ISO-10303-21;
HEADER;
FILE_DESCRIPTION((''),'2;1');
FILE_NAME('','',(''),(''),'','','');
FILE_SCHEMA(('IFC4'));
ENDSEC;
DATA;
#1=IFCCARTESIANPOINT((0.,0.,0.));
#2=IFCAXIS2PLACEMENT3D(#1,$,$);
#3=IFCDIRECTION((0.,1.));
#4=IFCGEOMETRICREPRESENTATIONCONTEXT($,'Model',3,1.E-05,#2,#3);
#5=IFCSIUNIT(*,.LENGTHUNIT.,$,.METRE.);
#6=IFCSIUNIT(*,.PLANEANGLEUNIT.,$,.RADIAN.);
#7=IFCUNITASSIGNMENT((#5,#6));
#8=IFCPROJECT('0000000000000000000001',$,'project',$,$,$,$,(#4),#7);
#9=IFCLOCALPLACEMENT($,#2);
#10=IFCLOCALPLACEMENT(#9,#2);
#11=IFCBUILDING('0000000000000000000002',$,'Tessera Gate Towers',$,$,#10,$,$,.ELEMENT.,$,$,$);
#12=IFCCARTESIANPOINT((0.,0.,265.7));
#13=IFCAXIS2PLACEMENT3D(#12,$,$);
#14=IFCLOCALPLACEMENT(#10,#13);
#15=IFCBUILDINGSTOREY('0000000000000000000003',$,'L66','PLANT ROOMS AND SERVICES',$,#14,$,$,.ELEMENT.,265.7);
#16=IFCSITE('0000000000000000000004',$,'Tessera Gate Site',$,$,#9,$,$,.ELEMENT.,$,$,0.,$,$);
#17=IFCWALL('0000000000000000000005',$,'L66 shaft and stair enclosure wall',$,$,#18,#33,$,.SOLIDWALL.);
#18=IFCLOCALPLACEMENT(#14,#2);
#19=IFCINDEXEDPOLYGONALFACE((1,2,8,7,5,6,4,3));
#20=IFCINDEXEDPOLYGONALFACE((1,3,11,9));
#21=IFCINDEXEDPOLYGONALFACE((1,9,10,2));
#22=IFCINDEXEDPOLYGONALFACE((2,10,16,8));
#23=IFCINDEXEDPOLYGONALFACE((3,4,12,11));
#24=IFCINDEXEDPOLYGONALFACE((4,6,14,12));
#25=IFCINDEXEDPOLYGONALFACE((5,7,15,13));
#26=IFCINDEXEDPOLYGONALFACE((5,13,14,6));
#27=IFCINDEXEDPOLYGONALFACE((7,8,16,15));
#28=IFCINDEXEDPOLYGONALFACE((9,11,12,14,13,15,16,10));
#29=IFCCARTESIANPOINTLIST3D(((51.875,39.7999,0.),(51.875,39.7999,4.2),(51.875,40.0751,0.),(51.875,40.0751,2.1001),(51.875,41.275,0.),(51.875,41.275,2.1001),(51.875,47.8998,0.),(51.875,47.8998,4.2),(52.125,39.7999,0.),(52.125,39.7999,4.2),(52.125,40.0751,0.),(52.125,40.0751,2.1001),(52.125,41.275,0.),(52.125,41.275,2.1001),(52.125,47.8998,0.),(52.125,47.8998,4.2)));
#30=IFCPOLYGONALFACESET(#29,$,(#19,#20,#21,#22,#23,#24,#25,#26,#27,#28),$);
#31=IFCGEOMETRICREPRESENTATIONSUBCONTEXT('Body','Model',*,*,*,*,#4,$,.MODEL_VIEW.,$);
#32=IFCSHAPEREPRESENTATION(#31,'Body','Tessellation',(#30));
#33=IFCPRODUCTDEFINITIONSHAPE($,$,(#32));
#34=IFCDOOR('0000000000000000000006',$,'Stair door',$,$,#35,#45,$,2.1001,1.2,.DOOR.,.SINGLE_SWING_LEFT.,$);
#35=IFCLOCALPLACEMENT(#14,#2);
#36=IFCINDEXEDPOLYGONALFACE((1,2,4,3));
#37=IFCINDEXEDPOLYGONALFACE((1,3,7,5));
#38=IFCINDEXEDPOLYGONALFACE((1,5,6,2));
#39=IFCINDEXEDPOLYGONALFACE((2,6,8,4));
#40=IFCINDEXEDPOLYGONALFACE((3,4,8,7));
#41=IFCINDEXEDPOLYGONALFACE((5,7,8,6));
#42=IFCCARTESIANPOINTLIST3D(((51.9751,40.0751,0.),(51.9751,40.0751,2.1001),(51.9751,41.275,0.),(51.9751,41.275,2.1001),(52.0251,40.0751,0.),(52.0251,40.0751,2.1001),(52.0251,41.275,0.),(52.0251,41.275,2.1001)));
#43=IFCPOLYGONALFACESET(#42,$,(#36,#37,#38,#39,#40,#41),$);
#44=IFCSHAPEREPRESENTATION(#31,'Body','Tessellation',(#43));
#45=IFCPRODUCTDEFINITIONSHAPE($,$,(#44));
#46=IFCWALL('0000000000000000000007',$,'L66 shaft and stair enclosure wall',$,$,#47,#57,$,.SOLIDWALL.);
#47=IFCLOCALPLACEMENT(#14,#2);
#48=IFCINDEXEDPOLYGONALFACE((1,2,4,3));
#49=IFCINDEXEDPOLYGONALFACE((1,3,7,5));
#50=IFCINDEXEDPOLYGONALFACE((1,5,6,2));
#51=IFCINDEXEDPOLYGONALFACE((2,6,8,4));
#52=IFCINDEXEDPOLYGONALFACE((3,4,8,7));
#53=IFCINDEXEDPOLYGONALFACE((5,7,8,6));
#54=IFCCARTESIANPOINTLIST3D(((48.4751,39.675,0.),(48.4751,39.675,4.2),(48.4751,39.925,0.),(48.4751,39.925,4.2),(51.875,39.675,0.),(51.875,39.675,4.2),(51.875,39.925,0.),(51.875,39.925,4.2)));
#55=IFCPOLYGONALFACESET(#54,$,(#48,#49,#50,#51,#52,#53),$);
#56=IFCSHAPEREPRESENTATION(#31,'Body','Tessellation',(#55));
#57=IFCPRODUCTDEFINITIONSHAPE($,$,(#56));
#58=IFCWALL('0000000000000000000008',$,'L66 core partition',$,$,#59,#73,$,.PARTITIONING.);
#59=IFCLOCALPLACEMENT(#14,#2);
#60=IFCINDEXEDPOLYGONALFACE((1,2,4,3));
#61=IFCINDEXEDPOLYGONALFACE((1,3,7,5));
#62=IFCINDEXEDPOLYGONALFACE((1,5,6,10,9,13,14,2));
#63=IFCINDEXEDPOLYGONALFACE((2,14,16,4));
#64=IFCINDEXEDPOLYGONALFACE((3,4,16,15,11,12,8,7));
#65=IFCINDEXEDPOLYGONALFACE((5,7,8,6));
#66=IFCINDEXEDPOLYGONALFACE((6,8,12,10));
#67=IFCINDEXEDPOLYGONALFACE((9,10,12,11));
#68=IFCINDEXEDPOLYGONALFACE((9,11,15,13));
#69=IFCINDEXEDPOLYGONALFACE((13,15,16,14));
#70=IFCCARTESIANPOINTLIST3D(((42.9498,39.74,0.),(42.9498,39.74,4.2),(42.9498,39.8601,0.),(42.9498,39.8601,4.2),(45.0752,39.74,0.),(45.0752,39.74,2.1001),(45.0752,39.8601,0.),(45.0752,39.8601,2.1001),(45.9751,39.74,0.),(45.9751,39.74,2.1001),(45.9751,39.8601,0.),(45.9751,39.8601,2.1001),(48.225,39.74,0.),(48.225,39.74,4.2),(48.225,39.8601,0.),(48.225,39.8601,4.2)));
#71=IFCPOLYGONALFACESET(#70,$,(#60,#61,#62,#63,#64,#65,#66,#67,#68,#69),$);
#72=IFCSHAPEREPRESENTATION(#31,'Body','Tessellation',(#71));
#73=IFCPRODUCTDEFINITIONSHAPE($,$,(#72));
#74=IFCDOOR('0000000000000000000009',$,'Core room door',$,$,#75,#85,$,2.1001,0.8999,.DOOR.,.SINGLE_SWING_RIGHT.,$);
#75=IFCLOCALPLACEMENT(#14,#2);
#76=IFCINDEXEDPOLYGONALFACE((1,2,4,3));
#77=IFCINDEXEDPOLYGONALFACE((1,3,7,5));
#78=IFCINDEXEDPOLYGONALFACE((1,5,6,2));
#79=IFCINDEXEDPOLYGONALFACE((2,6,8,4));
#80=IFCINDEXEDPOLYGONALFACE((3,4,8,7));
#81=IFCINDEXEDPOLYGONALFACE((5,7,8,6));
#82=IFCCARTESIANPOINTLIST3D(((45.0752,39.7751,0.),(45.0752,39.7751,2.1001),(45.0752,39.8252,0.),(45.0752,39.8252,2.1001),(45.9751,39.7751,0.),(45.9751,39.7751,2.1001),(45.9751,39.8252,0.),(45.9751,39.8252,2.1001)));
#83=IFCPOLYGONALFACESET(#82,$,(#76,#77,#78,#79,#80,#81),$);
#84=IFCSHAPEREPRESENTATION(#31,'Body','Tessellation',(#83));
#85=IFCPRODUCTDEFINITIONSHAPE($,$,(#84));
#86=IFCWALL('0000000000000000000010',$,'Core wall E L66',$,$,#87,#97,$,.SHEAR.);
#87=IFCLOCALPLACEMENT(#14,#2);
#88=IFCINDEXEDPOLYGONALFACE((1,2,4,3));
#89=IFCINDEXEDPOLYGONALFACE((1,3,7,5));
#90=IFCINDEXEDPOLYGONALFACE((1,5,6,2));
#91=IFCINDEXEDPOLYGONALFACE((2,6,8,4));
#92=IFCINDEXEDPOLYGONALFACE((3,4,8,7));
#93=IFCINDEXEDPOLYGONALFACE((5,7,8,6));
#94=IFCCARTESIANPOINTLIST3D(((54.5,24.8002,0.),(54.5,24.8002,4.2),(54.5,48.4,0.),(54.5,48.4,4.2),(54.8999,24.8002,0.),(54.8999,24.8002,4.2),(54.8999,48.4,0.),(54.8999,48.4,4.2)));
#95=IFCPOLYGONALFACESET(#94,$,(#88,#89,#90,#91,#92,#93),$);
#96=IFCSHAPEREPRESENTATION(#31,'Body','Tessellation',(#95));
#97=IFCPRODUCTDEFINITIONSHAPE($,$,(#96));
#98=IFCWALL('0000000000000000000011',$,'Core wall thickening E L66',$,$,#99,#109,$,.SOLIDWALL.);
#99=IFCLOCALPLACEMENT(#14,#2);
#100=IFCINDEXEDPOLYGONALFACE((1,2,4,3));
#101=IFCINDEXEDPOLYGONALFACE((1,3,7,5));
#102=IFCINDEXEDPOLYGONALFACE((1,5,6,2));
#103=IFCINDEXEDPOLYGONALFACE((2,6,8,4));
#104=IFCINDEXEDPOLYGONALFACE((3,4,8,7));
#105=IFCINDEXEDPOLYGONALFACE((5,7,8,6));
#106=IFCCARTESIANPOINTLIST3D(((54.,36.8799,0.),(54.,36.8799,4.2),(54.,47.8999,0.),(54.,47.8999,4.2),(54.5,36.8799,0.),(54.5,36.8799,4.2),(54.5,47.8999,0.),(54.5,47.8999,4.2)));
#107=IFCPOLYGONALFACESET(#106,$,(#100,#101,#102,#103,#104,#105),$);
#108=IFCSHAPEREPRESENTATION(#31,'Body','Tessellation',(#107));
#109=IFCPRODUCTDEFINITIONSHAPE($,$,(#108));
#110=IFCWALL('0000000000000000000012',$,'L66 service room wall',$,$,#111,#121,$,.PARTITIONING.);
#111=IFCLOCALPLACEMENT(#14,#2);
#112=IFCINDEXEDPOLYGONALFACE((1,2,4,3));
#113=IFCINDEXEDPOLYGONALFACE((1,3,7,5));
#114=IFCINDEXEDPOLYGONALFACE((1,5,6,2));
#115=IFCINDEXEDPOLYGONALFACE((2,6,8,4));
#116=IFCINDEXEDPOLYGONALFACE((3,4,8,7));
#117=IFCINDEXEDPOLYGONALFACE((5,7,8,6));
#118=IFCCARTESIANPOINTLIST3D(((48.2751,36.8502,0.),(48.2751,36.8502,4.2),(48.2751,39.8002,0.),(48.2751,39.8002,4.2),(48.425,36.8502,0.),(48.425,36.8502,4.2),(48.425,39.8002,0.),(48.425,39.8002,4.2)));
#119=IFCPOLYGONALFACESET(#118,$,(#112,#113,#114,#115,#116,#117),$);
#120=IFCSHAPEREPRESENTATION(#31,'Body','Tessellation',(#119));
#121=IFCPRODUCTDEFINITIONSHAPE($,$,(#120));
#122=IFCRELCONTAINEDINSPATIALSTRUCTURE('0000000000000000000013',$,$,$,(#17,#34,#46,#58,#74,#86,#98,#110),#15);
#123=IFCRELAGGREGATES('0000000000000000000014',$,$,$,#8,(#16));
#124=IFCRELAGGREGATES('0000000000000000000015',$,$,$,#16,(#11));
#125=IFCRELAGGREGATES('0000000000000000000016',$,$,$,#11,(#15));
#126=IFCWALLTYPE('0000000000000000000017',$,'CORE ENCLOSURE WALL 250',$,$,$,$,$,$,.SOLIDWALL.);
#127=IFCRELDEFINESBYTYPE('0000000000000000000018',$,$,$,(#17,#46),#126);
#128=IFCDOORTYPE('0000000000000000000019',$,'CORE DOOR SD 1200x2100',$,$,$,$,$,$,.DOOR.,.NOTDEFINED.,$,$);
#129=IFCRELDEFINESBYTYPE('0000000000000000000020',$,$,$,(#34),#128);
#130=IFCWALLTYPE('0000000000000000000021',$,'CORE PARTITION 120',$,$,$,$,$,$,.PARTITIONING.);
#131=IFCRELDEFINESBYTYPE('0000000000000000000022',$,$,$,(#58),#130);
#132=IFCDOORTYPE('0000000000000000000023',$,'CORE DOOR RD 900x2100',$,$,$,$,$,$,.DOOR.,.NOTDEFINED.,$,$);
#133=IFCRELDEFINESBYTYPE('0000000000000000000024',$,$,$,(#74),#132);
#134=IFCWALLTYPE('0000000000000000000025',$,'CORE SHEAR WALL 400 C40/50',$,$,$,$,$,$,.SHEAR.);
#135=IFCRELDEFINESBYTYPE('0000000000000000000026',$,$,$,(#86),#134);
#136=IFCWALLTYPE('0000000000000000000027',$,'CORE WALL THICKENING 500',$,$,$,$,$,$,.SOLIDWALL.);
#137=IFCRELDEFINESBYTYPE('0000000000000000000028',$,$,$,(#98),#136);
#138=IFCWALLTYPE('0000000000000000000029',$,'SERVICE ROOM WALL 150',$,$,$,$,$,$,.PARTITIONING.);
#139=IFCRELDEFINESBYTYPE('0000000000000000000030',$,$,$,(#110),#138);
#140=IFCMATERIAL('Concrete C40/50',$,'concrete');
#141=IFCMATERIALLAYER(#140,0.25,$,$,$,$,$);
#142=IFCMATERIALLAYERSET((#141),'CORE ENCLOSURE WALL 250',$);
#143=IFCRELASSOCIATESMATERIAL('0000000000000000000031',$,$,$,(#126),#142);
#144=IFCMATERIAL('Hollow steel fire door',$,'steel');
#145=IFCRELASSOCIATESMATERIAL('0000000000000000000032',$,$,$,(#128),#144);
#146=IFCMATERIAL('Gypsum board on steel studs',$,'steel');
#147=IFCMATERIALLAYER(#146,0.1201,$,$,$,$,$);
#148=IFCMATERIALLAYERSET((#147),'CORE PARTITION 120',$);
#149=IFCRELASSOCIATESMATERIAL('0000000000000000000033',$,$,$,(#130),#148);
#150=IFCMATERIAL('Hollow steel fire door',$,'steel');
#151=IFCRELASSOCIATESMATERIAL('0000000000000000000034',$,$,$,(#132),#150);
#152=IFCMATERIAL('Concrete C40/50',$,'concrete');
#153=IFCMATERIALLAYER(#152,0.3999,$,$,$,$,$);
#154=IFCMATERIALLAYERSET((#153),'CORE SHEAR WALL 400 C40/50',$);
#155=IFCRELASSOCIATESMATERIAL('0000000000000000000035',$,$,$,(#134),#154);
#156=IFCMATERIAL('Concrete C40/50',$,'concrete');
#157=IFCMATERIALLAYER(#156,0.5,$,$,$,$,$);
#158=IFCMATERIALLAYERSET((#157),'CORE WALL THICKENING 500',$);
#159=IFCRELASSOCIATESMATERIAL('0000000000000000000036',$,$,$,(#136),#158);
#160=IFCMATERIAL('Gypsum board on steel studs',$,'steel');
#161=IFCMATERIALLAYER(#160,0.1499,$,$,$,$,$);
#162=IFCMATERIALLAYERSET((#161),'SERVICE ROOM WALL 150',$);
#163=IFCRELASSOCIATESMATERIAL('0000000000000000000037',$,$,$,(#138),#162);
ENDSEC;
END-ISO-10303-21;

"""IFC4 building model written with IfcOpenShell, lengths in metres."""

from ifc_helpers import new_model, si_unit, direction, frame, frame_2d, origin, place, context, subcontext, project, spatial, rectangle, extrude, source, transform, mapped, material, layer, layer_set, type_object, element, fill, save


model = new_model("IFC4")

# Units and contexts
model_context = context("Model", 3, precision=1e-05, world=origin(), true_north=direction((0.0, 1.0)))
body_context = subcontext(model_context, "Body", "Model", "MODEL_VIEW")
ifc_project = project(units=[si_unit("LENGTHUNIT", "METRE"), si_unit("PLANEANGLEUNIT", "RADIAN")], contexts=[model_context])

# Site, building, storey
site_placement = place(None, origin())
site = spatial("IfcSite", under=ifc_project, at=site_placement, Name="Tessera Gate Site", CompositionType="ELEMENT", RefElevation=0.0)
building_placement = place(site_placement, origin())
building = spatial("IfcBuilding", under=site, at=building_placement, Name="Tessera Gate Towers", CompositionType="ELEMENT")
storey_placement = place(building_placement, frame((0.0, 0.0, 265.7)))
storey = spatial("IfcBuildingStorey", under=building, at=storey_placement, Name="L66", Description="PLANT ROOMS AND SERVICES", CompositionType="ELEMENT", Elevation=265.7)

# Wall, opening, door
ifc_material_1 = material(Name="Concrete C40/50", Category="concrete")
ifc_layer_1 = layer(ifc_material_1, 0.25)
ifc_layer_set_1 = layer_set([ifc_layer_1], Name="CORE ENCLOSURE WALL 250")
wall_type_1 = type_object("IfcWallType", Name="CORE ENCLOSURE WALL 250", PredefinedType="SOLIDWALL", material=ifc_layer_set_1)
shared_shape_1 = source(origin(), body_context, "Body", "SweptSolid", [
    extrude(rectangle(XDim=1.2, YDim=2.1001, at=frame_2d((0.6001, 1.05))), frame((0.0, 0.135, 0.0), z_axis=(0.0, -1.0, 0.0), x_axis=(1.0, 0.0, 0.0)), (0.0, 0.0, 1.0), 0.27),
])
ifc_material_2 = material(Name="Hollow steel fire door", Category="steel")
door_type_1 = type_object("IfcDoorType", Name="CORE DOOR SD 1200x2100", OperationType="NOTDEFINED", PredefinedType="DOOR", material=ifc_material_2)
shared_shape_2 = source(origin(), body_context, "Body", "SweptSolid", [
    extrude(rectangle(XDim=1.2, YDim=2.1001, at=frame_2d((0.6001, 1.05))), frame((0.0, 0.0249, 0.0), z_axis=(0.0, -1.0, 0.0), x_axis=(1.0, 0.0, 0.0)), (0.0, 0.0, 1.0), 0.05),
])
wall_1_placement = place(storey_placement, frame((52.0, 39.8, 0.0), z_axis=(0.0, 0.0, 1.0), x_axis=(0.0, 1.0, 0.0)))
wall_1 = element("IfcWall", 1, at=wall_1_placement, inside=storey, type_object=wall_type_1, Name="L66 shaft and stair enclosure wall", PredefinedType="SOLIDWALL", context=body_context, shape_type="SweptSolid", body=[
    extrude(rectangle(XDim=8.0999, YDim=0.25, at=frame_2d((4.0498, 0.0))), origin(), (0.0, 0.0, 1.0), 4.2),
])
opening_1_placement = place(wall_1_placement, frame((0.2749, 0.0, 0.0)))
opening_1 = element("IfcOpeningElement", 2, at=opening_1_placement, cuts=wall_1, PredefinedType="OPENING", context=body_context, shape_type="MappedRepresentation", body=[
    mapped(shared_shape_1, transform((0.0, 0.0, 0.0), scale=1.0)),
])
door_1_placement = place(opening_1_placement, origin())
door_1 = element("IfcDoor", 3, at=door_1_placement, inside=storey, type_object=door_type_1, Name="Stair door", OperationType="SINGLE_SWING_LEFT", OverallHeight=2.1001, OverallWidth=1.2, PredefinedType="DOOR", context=body_context, shape_type="MappedRepresentation", body=[
    mapped(shared_shape_2, transform((0.0, 0.0, 0.0), scale=1.0)),
])
fill(opening_1, door_1)

# Wall
wall_2_placement = place(storey_placement, frame((48.4751, 39.8, 0.0), z_axis=(0.0, 0.0, 1.0), x_axis=(1.0, 0.0, 0.0)))
element("IfcWall", 4, at=wall_2_placement, inside=storey, type_object=wall_type_1, Name="L66 shaft and stair enclosure wall", PredefinedType="SOLIDWALL", context=body_context, shape_type="SweptSolid", body=[
    extrude(rectangle(XDim=3.3999, YDim=0.25, at=frame_2d((1.7, 0.0))), origin(), (0.0, 0.0, 1.0), 4.2),
])

# Wall, opening, door
ifc_material_3 = material(Name="Gypsum board on steel studs", Category="steel")
ifc_layer_2 = layer(ifc_material_3, 0.1201)
ifc_layer_set_2 = layer_set([ifc_layer_2], Name="CORE PARTITION 120")
wall_type_2 = type_object("IfcWallType", Name="CORE PARTITION 120", PredefinedType="PARTITIONING", material=ifc_layer_set_2)
wall_3_placement = place(storey_placement, frame((48.2251, 39.8, 0.0), z_axis=(0.0, 0.0, 1.0), x_axis=(-1.0, 0.0, 0.0)))
wall_3 = element("IfcWall", 5, at=wall_3_placement, inside=storey, type_object=wall_type_2, Name="L66 core partition", PredefinedType="PARTITIONING", context=body_context, shape_type="SweptSolid", body=[
    extrude(rectangle(XDim=5.2751, YDim=0.1201, at=frame_2d((2.6377, 0.0))), origin(), (0.0, 0.0, 1.0), 4.2),
])
shared_shape_3 = source(origin(), body_context, "Body", "SweptSolid", [
    extrude(rectangle(XDim=0.8999, YDim=2.1001, at=frame_2d((0.45, 1.05))), frame((0.0, 0.0701, 0.0), z_axis=(0.0, -1.0, 0.0), x_axis=(1.0, 0.0, 0.0)), (0.0, 0.0, 1.0), 0.1401),
])
opening_2_placement = place(wall_3_placement, frame((2.25, 0.0, 0.0)))
opening_2 = element("IfcOpeningElement", 6, at=opening_2_placement, cuts=wall_3, PredefinedType="OPENING", context=body_context, shape_type="MappedRepresentation", body=[
    mapped(shared_shape_3, transform((0.0, 0.0, 0.0), scale=1.0)),
])
ifc_material_4 = material(Name="Hollow steel fire door", Category="steel")
door_type_2 = type_object("IfcDoorType", Name="CORE DOOR RD 900x2100", OperationType="NOTDEFINED", PredefinedType="DOOR", material=ifc_material_4)
shared_shape_4 = source(origin(), body_context, "Body", "SweptSolid", [
    extrude(rectangle(XDim=0.8999, YDim=2.1001, at=frame_2d((0.45, 1.05))), frame((0.0, 0.0249, 0.0), z_axis=(0.0, -1.0, 0.0), x_axis=(1.0, 0.0, 0.0)), (0.0, 0.0, 1.0), 0.05),
])
door_2_placement = place(opening_2_placement, origin())
door_2 = element("IfcDoor", 7, at=door_2_placement, inside=storey, type_object=door_type_2, Name="Core room door", OperationType="SINGLE_SWING_RIGHT", OverallHeight=2.1001, OverallWidth=0.8999, PredefinedType="DOOR", context=body_context, shape_type="MappedRepresentation", body=[
    mapped(shared_shape_4, transform((0.0, 0.0, 0.0), scale=1.0)),
])
fill(opening_2, door_2)

# Walls
ifc_material_5 = material(Name="Concrete C40/50", Category="concrete")
ifc_layer_3 = layer(ifc_material_5, 0.3999)
ifc_layer_set_3 = layer_set([ifc_layer_3], Name="CORE SHEAR WALL 400 C40/50")
wall_type_3 = type_object("IfcWallType", Name="CORE SHEAR WALL 400 C40/50", PredefinedType="SHEAR", material=ifc_layer_set_3)
wall_4_placement = place(storey_placement, frame((54.7, 48.3999, 0.0), z_axis=(0.0, 0.0, 1.0), x_axis=(0.0, -1.0, 0.0)))
element("IfcWall", 8, at=wall_4_placement, inside=storey, type_object=wall_type_3, Name="Core wall E L66", PredefinedType="SHEAR", context=body_context, shape_type="SweptSolid", body=[
    extrude(rectangle(XDim=23.5999, YDim=0.3999, at=frame_2d((11.7998, 0.0))), origin(), (0.0, 0.0, 1.0), 4.2),
])
ifc_material_6 = material(Name="Concrete C40/50", Category="concrete")
ifc_layer_4 = layer(ifc_material_6, 0.5)
ifc_layer_set_4 = layer_set([ifc_layer_4], Name="CORE WALL THICKENING 500")
wall_type_4 = type_object("IfcWallType", Name="CORE WALL THICKENING 500", PredefinedType="SOLIDWALL", material=ifc_layer_set_4)
wall_5_placement = place(storey_placement, frame((54.25, 36.8799, 0.0), z_axis=(0.0, 0.0, 1.0), x_axis=(0.0, 1.0, 0.0)))
element("IfcWall", 9, at=wall_5_placement, inside=storey, type_object=wall_type_4, Name="Core wall thickening E L66", PredefinedType="SOLIDWALL", context=body_context, shape_type="SweptSolid", body=[
    extrude(rectangle(XDim=11.02, YDim=0.5, at=frame_2d((5.51, 0.0))), origin(), (0.0, 0.0, 1.0), 4.2),
])
ifc_material_7 = material(Name="Gypsum board on steel studs", Category="steel")
ifc_layer_5 = layer(ifc_material_7, 0.1499)
ifc_layer_set_5 = layer_set([ifc_layer_5], Name="SERVICE ROOM WALL 150")
wall_type_5 = type_object("IfcWallType", Name="SERVICE ROOM WALL 150", PredefinedType="PARTITIONING", material=ifc_layer_set_5)
wall_6_placement = place(storey_placement, frame((48.3501, 36.8501, 0.0), z_axis=(0.0, 0.0, 1.0), x_axis=(0.0, 1.0, 0.0)))
element("IfcWall", 10, at=wall_6_placement, inside=storey, type_object=wall_type_5, Name="L66 service room wall", PredefinedType="PARTITIONING", context=body_context, shape_type="SweptSolid", body=[
    extrude(rectangle(XDim=2.95, YDim=0.1499, at=frame_2d((1.4751, 0.0))), origin(), (0.0, 0.0, 1.0), 4.2),
])

save(model, "model.ifc")
